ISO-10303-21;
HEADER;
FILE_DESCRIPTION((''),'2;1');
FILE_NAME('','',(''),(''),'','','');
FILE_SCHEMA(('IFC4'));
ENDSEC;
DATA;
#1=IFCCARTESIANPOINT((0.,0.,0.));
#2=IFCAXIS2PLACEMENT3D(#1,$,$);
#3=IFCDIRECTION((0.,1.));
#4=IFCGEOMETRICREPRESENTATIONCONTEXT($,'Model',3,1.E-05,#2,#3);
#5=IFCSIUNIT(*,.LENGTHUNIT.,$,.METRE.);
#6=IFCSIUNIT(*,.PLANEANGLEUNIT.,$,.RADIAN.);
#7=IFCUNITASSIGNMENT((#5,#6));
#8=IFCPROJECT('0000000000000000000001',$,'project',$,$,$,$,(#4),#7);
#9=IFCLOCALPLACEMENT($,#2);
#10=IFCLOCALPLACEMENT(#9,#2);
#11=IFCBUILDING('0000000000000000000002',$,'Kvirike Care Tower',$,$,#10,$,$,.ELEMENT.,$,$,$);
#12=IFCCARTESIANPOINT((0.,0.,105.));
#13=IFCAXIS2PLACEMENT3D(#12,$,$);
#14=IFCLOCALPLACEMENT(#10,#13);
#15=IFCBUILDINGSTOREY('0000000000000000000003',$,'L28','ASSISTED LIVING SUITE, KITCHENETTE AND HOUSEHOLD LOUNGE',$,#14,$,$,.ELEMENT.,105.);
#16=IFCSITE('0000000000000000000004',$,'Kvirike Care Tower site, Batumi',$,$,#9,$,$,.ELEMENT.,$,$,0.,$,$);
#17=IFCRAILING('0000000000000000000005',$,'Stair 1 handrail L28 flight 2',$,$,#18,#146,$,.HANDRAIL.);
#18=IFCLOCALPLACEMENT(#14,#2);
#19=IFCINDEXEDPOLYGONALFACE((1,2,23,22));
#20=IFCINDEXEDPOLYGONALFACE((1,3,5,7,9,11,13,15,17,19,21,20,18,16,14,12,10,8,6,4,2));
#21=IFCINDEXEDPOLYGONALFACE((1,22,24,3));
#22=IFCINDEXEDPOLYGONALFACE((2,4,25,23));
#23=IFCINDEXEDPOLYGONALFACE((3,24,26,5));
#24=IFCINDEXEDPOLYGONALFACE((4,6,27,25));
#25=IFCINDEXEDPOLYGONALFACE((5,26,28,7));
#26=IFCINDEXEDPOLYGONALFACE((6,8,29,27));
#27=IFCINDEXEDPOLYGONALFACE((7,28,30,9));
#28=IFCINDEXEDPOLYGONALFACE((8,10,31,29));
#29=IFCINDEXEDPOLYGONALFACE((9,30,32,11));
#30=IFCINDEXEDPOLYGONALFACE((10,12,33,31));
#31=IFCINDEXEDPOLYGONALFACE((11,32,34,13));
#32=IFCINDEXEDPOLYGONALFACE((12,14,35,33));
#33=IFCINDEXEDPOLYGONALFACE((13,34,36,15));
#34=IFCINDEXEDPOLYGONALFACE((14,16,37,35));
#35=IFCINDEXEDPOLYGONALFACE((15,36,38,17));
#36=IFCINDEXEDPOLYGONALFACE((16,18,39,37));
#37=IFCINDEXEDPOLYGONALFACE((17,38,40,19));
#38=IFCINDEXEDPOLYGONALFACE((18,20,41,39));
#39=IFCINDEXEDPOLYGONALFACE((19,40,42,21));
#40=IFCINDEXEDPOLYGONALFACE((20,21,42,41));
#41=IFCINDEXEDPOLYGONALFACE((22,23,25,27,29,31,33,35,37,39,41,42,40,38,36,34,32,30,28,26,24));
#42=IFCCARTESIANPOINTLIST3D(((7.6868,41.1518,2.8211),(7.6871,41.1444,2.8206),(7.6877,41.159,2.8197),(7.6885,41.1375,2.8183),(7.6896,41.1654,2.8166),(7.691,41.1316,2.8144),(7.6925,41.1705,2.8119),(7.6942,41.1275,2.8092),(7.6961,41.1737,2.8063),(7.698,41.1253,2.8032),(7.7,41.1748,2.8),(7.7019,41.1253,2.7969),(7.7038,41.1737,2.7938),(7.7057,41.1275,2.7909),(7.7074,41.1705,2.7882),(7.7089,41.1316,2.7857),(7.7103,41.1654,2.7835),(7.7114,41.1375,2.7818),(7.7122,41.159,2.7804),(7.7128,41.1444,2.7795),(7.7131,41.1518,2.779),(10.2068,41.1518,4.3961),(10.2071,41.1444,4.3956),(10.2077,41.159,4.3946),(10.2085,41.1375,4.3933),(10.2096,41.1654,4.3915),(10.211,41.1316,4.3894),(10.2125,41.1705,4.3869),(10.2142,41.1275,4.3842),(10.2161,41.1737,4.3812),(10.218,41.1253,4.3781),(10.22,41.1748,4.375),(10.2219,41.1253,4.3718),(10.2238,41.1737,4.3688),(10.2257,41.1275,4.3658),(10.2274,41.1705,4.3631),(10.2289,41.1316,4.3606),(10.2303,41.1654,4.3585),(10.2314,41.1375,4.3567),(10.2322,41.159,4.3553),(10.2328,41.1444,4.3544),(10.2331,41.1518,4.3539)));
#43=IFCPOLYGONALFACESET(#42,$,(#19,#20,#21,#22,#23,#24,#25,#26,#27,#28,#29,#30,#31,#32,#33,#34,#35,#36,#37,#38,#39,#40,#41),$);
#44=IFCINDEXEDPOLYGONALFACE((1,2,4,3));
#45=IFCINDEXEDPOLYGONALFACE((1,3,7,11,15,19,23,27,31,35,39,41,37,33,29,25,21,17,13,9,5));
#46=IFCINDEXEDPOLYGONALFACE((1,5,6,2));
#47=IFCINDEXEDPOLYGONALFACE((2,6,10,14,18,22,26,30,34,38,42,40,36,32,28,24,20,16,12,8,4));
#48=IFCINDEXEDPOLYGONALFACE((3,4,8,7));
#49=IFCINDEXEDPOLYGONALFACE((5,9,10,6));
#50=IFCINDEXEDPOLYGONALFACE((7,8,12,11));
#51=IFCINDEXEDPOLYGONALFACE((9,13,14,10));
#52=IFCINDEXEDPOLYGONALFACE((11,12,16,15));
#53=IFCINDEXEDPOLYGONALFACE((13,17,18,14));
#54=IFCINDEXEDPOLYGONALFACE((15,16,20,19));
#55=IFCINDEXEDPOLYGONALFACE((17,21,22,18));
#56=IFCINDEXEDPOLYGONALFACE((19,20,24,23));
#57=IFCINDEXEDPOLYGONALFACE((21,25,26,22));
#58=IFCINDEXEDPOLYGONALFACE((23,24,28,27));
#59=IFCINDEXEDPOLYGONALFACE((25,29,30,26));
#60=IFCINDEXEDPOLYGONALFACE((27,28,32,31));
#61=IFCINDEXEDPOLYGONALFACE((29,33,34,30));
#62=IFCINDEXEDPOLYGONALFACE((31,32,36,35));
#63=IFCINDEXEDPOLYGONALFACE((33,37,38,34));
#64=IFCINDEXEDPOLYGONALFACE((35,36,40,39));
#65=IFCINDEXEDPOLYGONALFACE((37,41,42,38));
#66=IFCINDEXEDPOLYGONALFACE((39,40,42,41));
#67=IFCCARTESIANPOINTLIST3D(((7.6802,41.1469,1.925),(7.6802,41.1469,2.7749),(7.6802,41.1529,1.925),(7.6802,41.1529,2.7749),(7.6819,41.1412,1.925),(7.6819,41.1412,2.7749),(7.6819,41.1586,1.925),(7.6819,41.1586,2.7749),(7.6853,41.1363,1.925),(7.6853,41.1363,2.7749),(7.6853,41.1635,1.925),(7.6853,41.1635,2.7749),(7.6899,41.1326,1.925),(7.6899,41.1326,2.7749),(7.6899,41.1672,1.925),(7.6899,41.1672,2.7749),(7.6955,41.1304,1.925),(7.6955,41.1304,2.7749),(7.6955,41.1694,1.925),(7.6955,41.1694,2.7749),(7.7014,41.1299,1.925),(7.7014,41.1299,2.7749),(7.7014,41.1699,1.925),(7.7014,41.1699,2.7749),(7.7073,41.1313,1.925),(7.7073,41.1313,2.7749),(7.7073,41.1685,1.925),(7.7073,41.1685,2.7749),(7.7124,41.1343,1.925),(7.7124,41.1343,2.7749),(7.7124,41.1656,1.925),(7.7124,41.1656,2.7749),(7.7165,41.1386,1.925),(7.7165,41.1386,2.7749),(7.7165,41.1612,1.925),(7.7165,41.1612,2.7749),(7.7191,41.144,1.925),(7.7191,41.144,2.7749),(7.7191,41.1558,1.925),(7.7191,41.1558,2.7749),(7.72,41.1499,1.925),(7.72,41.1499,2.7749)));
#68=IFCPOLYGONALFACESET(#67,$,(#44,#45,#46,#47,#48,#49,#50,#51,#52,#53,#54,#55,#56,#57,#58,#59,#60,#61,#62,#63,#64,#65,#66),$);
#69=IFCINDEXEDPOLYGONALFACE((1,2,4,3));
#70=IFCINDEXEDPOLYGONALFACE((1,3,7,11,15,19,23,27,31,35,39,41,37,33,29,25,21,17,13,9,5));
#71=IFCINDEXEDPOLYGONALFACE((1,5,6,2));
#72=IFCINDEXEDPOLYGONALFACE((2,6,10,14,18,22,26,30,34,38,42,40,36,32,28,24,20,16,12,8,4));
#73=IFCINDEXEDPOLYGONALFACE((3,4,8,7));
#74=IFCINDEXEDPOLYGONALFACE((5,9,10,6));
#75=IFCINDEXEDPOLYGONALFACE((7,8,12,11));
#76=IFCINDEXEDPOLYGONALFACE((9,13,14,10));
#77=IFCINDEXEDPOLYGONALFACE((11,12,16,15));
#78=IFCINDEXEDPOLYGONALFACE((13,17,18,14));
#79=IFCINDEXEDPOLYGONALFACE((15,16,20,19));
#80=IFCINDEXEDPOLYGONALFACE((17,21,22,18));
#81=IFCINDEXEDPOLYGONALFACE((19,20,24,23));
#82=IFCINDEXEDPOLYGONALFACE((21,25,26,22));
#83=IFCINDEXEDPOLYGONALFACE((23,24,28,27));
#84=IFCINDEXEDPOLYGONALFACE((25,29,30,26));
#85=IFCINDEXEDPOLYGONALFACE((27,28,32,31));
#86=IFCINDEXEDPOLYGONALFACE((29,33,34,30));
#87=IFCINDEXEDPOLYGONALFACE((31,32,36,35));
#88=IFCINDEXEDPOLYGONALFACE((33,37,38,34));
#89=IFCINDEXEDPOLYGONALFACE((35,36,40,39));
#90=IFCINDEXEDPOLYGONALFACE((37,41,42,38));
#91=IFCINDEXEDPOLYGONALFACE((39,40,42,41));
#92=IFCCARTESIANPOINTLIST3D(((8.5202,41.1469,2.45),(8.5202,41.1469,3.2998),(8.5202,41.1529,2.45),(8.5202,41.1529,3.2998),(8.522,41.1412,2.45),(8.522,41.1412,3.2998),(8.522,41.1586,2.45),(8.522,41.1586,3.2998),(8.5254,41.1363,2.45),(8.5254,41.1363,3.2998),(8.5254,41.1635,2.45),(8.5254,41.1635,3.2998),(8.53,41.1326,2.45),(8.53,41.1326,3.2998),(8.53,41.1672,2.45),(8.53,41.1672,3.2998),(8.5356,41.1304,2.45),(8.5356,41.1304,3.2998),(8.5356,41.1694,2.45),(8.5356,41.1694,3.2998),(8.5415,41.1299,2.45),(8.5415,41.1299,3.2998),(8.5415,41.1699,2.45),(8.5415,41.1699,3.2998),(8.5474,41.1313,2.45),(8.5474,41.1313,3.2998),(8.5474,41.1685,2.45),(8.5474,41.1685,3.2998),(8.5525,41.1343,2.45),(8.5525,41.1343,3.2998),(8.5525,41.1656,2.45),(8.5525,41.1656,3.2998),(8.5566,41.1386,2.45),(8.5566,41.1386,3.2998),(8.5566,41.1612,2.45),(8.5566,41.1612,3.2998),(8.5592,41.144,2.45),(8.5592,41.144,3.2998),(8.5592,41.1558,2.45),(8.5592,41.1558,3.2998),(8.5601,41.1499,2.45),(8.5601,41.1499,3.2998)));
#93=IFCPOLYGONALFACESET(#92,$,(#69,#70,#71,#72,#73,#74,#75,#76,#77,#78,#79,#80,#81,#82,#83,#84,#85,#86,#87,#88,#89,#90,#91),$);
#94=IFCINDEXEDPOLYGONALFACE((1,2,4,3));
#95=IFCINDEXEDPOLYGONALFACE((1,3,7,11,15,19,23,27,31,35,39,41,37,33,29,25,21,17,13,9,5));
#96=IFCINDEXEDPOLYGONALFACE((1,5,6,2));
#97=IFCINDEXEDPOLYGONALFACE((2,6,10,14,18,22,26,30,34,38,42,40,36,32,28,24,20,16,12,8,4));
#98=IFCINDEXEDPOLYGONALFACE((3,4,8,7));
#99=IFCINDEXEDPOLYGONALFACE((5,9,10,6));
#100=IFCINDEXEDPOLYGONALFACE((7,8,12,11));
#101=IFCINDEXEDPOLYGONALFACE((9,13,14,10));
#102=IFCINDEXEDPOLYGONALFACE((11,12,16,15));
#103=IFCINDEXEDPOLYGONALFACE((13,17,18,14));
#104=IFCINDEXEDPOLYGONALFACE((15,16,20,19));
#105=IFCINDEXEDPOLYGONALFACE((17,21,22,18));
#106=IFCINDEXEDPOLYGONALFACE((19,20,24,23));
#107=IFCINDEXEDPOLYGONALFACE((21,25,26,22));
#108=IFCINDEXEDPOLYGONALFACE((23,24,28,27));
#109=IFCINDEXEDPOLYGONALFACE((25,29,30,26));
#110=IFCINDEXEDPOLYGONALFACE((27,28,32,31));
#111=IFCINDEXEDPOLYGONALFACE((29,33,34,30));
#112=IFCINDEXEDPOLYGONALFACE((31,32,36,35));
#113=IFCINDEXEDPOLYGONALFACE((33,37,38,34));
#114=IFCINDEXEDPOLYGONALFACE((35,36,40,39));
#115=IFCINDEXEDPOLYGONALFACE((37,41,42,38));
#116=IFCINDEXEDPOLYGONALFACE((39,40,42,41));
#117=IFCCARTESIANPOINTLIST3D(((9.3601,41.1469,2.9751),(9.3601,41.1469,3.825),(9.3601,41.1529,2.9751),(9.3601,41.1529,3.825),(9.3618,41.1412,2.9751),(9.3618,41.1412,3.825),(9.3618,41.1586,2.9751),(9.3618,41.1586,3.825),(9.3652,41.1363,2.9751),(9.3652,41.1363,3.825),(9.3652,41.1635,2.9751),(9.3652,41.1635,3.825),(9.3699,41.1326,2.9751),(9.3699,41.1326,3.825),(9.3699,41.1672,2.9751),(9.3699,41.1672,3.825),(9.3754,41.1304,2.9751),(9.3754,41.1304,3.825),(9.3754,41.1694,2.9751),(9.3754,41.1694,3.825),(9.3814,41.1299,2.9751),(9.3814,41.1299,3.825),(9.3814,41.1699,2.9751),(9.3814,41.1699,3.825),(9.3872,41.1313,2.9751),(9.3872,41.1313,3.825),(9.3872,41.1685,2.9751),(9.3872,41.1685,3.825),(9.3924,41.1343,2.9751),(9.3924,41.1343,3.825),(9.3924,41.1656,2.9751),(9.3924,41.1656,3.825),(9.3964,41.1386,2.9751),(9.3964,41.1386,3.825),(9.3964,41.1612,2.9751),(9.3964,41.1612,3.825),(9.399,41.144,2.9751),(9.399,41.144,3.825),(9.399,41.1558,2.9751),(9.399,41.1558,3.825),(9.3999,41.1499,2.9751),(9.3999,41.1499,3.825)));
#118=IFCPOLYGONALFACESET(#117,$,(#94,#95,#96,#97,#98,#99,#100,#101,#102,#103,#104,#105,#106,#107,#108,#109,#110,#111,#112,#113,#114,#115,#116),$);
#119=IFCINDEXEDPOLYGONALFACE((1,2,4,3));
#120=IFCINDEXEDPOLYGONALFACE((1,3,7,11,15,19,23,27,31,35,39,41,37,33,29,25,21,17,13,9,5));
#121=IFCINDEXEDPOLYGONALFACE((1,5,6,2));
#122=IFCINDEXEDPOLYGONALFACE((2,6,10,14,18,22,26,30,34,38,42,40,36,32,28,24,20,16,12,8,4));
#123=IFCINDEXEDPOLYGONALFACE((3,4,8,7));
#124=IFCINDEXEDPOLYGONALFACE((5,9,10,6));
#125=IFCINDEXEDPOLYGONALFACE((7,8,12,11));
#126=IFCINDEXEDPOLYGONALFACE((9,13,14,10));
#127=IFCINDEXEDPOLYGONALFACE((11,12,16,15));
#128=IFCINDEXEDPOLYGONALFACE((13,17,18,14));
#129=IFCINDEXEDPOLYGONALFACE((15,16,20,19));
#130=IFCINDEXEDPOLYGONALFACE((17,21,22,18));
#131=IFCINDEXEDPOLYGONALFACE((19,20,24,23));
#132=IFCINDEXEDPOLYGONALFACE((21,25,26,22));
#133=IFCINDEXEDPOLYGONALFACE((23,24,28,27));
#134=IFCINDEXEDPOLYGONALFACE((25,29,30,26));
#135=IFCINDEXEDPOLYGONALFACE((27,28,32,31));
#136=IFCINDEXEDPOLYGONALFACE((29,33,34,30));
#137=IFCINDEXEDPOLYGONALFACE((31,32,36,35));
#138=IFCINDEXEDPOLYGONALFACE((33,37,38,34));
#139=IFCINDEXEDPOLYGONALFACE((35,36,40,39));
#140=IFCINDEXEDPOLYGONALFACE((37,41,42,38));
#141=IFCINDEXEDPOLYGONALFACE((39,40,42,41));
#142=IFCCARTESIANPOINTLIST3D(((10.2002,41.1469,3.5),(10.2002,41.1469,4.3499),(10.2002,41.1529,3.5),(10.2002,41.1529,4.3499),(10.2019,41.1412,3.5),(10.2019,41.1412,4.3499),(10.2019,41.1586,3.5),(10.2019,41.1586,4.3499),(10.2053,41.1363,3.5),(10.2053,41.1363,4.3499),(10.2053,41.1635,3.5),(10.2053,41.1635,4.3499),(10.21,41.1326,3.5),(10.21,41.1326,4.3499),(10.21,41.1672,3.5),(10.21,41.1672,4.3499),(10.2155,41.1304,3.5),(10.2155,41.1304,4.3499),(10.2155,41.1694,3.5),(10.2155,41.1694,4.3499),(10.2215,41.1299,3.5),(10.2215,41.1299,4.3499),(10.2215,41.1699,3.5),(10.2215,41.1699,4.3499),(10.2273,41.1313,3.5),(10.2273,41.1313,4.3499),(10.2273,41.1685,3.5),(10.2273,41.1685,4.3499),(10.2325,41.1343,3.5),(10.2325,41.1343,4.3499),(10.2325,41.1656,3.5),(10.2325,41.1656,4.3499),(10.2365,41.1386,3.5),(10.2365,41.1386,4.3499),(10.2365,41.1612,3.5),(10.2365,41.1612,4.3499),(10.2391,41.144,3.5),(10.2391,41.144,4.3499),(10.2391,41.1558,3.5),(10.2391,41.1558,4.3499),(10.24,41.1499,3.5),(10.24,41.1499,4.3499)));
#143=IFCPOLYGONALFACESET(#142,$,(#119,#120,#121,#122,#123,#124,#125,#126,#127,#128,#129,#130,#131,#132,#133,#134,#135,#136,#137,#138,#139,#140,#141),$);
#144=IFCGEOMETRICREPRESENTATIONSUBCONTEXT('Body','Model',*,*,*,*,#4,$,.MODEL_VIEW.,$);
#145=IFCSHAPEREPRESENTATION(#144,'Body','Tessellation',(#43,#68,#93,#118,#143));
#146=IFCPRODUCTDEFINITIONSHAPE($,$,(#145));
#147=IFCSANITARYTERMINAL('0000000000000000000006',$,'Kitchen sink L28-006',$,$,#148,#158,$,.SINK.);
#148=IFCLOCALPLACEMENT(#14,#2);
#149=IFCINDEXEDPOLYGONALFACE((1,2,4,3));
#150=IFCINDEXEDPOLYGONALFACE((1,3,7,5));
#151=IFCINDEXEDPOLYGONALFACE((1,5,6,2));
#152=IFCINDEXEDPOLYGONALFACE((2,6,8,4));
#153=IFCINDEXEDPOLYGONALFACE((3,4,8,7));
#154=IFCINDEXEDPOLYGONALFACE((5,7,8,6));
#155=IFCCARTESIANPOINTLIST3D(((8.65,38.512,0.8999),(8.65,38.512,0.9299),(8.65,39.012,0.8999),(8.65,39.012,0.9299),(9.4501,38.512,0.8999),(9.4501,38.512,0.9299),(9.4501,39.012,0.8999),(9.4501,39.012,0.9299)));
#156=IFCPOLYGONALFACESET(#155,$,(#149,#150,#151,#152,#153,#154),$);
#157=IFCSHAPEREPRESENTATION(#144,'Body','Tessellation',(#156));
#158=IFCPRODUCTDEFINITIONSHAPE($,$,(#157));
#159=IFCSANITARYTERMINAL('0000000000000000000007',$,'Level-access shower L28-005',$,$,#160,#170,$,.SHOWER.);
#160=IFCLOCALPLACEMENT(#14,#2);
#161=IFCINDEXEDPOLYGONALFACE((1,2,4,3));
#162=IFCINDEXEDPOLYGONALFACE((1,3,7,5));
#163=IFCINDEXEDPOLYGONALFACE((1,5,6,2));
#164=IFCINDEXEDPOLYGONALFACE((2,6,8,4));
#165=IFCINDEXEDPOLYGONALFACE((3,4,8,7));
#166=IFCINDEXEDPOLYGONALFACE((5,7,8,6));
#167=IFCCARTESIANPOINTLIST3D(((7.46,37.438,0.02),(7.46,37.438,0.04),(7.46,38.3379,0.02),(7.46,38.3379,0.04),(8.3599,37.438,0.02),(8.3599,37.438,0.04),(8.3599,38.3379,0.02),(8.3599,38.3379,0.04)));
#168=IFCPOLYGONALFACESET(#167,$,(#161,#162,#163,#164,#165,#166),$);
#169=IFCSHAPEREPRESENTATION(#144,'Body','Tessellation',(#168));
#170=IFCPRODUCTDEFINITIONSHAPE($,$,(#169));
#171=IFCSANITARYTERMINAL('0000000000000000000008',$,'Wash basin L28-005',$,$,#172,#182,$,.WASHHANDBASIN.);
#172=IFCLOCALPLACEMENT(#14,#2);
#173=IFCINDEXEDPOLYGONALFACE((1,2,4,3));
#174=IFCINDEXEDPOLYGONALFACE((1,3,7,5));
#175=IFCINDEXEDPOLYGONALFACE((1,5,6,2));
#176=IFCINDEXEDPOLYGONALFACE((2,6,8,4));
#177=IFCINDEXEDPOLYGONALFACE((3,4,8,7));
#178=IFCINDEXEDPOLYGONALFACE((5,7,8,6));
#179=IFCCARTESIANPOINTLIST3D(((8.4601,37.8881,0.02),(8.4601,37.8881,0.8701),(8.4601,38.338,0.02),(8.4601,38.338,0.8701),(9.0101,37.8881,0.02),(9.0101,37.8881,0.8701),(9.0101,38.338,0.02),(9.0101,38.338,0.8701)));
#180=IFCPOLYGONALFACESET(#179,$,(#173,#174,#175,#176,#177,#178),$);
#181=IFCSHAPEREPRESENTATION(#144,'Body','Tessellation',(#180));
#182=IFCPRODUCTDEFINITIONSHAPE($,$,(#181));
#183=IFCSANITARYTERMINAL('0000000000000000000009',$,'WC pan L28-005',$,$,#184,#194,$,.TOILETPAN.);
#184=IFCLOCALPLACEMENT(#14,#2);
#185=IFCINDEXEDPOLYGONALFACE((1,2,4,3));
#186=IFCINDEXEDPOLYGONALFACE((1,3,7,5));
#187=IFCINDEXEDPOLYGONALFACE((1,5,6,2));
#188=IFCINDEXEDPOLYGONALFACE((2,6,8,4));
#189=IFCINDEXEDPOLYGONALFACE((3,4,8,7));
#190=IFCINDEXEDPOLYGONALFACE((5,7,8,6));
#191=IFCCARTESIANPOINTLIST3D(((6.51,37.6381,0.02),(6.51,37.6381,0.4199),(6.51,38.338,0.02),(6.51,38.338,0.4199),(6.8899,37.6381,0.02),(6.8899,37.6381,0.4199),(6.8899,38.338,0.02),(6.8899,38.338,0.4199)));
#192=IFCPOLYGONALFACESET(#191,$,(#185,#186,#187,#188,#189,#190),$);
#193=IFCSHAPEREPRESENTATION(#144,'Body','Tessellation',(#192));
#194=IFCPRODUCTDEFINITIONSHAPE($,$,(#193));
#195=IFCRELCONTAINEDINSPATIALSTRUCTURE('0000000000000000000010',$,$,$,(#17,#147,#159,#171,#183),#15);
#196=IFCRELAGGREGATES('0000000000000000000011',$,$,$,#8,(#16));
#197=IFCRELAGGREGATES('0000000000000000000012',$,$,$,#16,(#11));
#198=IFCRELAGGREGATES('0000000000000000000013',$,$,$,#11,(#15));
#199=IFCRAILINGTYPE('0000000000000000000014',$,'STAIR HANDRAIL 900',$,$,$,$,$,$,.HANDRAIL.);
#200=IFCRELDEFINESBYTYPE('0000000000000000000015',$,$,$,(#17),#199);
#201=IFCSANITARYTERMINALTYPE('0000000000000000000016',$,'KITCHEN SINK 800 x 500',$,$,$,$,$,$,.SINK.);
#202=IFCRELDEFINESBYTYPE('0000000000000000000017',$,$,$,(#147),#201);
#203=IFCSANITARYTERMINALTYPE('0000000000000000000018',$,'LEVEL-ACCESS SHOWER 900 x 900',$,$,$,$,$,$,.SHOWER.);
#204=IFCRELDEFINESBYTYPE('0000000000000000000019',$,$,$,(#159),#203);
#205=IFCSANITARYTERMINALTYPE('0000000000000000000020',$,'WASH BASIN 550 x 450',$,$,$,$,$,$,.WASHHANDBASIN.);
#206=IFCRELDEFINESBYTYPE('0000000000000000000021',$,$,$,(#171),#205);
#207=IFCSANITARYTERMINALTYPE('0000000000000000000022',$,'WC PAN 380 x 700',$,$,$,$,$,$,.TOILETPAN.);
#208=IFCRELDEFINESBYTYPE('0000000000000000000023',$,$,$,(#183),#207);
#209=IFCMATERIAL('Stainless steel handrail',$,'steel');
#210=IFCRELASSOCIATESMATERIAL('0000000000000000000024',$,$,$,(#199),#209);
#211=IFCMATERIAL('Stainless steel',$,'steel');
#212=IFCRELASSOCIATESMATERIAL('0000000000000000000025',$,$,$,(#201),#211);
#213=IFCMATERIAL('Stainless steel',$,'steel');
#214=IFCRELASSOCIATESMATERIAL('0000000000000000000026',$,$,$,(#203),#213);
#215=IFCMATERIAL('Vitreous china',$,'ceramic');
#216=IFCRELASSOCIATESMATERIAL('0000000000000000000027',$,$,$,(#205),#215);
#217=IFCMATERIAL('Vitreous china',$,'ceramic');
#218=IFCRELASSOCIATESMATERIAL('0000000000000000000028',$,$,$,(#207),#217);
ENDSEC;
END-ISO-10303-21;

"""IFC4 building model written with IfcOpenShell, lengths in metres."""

from ifc_helpers import new_model, si_unit, direction, frame, origin, origin_2d, place, context, subcontext, project, spatial, rectangle, circle, extrude, material, type_object, element, save


model = new_model("IFC4")

# Units and contexts
model_context = context("Model", 3, precision=1e-05, world=origin(), true_north=direction((0.0, 1.0)))
body_context = subcontext(model_context, "Body", "Model", "MODEL_VIEW")
ifc_project = project(units=[si_unit("LENGTHUNIT", "METRE"), si_unit("PLANEANGLEUNIT", "RADIAN")], contexts=[model_context])

# Site, building, storey
site_placement = place(None, origin())
site = spatial("IfcSite", under=ifc_project, at=site_placement, Name="Kvirike Care Tower site, Batumi", CompositionType="ELEMENT", RefElevation=0.0)
building_placement = place(site_placement, origin())
building = spatial("IfcBuilding", under=site, at=building_placement, Name="Kvirike Care Tower", CompositionType="ELEMENT")
storey_placement = place(building_placement, frame((0.0, 0.0, 105.0)))
storey = spatial("IfcBuildingStorey", under=building, at=storey_placement, Name="L28", Description="ASSISTED LIVING SUITE, KITCHENETTE AND HOUSEHOLD LOUNGE", CompositionType="ELEMENT", Elevation=105.0)

# Railing
ifc_material_1 = material(Name="Stainless steel handrail", Category="steel")
railing_type = type_object("IfcRailingType", Name="STAIR HANDRAIL 900", PredefinedType="HANDRAIL", material=ifc_material_1)
railing_1_placement = place(storey_placement, frame((7.7, 41.1499, 1.925)))
element("IfcRailing", 1, at=railing_1_placement, inside=storey, type_object=railing_type, Name="Stair 1 handrail L28 flight 2", PredefinedType="HANDRAIL", context=body_context, shape_type="SweptSolid", body=[
    extrude(circle(Radius=0.0249, at=origin_2d()), frame((0.0, 0.0, 0.875), z_axis=(0.848008, 0.0, 0.529984), x_axis=(0.0, 1.0, 0.0)), (0.0, 0.0, 1.0), 2.9717),
    extrude(circle(Radius=0.02, at=origin_2d()), origin(), (0.0, 0.0, 1.0), 0.8499),
    extrude(circle(Radius=0.02, at=origin_2d()), frame((0.8401, 0.0, 0.5249)), (0.0, 0.0, 1.0), 0.8499),
    extrude(circle(Radius=0.02, at=origin_2d()), frame((1.6799, 0.0, 1.05)), (0.0, 0.0, 1.0), 0.8499),
    extrude(circle(Radius=0.02, at=origin_2d()), frame((2.52, 0.0, 1.575)), (0.0, 0.0, 1.0), 0.8499),
])

# Sanitary terminals
ifc_material_2 = material(Name="Stainless steel", Category="steel")
sanitary_terminal_type_1 = type_object("IfcSanitaryTerminalType", Name="KITCHEN SINK 800 x 500", PredefinedType="SINK", material=ifc_material_2)
sanitary_terminal_1_placement = place(storey_placement, frame((9.05, 38.762, 0.8999), z_axis=(0.0, 0.0, 1.0), x_axis=(-1.0, 0.0, 0.0)))
element("IfcSanitaryTerminal", 2, at=sanitary_terminal_1_placement, inside=storey, type_object=sanitary_terminal_type_1, Name="Kitchen sink L28-006", PredefinedType="SINK", context=body_context, shape_type="SweptSolid", body=[
    extrude(rectangle(XDim=0.8, YDim=0.5, at=origin_2d()), origin(), (0.0, 0.0, 1.0), 0.03),
])
ifc_material_3 = material(Name="Stainless steel", Category="steel")
sanitary_terminal_type_2 = type_object("IfcSanitaryTerminalType", Name="LEVEL-ACCESS SHOWER 900 x 900", PredefinedType="SHOWER", material=ifc_material_3)
sanitary_terminal_2_placement = place(storey_placement, frame((7.9099, 37.8879, 0.02), z_axis=(0.0, 0.0, 1.0), x_axis=(1.0, 0.0, 0.0)))
element("IfcSanitaryTerminal", 3, at=sanitary_terminal_2_placement, inside=storey, type_object=sanitary_terminal_type_2, Name="Level-access shower L28-005", PredefinedType="SHOWER", context=body_context, shape_type="SweptSolid", body=[
    extrude(rectangle(XDim=0.8999, YDim=0.8999, at=origin_2d()), origin(), (0.0, 0.0, 1.0), 0.02),
])
ifc_material_4 = material(Name="Vitreous china", Category="ceramic")
sanitary_terminal_type_3 = type_object("IfcSanitaryTerminalType", Name="WASH BASIN 550 x 450", PredefinedType="WASHHANDBASIN", material=ifc_material_4)
sanitary_terminal_3_placement = place(storey_placement, frame((8.7351, 38.113, 0.02), z_axis=(0.0, 0.0, 1.0), x_axis=(1.0, 0.0, 0.0)))
element("IfcSanitaryTerminal", 4, at=sanitary_terminal_3_placement, inside=storey, type_object=sanitary_terminal_type_3, Name="Wash basin L28-005", PredefinedType="WASHHANDBASIN", context=body_context, shape_type="SweptSolid", body=[
    extrude(rectangle(XDim=0.55, YDim=0.45, at=origin_2d()), origin(), (0.0, 0.0, 1.0), 0.8501),
])
ifc_material_5 = material(Name="Vitreous china", Category="ceramic")
sanitary_terminal_type_4 = type_object("IfcSanitaryTerminalType", Name="WC PAN 380 x 700", PredefinedType="TOILETPAN", material=ifc_material_5)
sanitary_terminal_4_placement = place(storey_placement, frame((6.7, 37.988, 0.02), z_axis=(0.0, 0.0, 1.0), x_axis=(1.0, 0.0, 0.0)))
element("IfcSanitaryTerminal", 5, at=sanitary_terminal_4_placement, inside=storey, type_object=sanitary_terminal_type_4, Name="WC pan L28-005", PredefinedType="TOILETPAN", context=body_context, shape_type="SweptSolid", body=[
    extrude(rectangle(XDim=0.3799, YDim=0.7, at=origin_2d()), origin(), (0.0, 0.0, 1.0), 0.3999),
])

save(model, "model.ifc")
